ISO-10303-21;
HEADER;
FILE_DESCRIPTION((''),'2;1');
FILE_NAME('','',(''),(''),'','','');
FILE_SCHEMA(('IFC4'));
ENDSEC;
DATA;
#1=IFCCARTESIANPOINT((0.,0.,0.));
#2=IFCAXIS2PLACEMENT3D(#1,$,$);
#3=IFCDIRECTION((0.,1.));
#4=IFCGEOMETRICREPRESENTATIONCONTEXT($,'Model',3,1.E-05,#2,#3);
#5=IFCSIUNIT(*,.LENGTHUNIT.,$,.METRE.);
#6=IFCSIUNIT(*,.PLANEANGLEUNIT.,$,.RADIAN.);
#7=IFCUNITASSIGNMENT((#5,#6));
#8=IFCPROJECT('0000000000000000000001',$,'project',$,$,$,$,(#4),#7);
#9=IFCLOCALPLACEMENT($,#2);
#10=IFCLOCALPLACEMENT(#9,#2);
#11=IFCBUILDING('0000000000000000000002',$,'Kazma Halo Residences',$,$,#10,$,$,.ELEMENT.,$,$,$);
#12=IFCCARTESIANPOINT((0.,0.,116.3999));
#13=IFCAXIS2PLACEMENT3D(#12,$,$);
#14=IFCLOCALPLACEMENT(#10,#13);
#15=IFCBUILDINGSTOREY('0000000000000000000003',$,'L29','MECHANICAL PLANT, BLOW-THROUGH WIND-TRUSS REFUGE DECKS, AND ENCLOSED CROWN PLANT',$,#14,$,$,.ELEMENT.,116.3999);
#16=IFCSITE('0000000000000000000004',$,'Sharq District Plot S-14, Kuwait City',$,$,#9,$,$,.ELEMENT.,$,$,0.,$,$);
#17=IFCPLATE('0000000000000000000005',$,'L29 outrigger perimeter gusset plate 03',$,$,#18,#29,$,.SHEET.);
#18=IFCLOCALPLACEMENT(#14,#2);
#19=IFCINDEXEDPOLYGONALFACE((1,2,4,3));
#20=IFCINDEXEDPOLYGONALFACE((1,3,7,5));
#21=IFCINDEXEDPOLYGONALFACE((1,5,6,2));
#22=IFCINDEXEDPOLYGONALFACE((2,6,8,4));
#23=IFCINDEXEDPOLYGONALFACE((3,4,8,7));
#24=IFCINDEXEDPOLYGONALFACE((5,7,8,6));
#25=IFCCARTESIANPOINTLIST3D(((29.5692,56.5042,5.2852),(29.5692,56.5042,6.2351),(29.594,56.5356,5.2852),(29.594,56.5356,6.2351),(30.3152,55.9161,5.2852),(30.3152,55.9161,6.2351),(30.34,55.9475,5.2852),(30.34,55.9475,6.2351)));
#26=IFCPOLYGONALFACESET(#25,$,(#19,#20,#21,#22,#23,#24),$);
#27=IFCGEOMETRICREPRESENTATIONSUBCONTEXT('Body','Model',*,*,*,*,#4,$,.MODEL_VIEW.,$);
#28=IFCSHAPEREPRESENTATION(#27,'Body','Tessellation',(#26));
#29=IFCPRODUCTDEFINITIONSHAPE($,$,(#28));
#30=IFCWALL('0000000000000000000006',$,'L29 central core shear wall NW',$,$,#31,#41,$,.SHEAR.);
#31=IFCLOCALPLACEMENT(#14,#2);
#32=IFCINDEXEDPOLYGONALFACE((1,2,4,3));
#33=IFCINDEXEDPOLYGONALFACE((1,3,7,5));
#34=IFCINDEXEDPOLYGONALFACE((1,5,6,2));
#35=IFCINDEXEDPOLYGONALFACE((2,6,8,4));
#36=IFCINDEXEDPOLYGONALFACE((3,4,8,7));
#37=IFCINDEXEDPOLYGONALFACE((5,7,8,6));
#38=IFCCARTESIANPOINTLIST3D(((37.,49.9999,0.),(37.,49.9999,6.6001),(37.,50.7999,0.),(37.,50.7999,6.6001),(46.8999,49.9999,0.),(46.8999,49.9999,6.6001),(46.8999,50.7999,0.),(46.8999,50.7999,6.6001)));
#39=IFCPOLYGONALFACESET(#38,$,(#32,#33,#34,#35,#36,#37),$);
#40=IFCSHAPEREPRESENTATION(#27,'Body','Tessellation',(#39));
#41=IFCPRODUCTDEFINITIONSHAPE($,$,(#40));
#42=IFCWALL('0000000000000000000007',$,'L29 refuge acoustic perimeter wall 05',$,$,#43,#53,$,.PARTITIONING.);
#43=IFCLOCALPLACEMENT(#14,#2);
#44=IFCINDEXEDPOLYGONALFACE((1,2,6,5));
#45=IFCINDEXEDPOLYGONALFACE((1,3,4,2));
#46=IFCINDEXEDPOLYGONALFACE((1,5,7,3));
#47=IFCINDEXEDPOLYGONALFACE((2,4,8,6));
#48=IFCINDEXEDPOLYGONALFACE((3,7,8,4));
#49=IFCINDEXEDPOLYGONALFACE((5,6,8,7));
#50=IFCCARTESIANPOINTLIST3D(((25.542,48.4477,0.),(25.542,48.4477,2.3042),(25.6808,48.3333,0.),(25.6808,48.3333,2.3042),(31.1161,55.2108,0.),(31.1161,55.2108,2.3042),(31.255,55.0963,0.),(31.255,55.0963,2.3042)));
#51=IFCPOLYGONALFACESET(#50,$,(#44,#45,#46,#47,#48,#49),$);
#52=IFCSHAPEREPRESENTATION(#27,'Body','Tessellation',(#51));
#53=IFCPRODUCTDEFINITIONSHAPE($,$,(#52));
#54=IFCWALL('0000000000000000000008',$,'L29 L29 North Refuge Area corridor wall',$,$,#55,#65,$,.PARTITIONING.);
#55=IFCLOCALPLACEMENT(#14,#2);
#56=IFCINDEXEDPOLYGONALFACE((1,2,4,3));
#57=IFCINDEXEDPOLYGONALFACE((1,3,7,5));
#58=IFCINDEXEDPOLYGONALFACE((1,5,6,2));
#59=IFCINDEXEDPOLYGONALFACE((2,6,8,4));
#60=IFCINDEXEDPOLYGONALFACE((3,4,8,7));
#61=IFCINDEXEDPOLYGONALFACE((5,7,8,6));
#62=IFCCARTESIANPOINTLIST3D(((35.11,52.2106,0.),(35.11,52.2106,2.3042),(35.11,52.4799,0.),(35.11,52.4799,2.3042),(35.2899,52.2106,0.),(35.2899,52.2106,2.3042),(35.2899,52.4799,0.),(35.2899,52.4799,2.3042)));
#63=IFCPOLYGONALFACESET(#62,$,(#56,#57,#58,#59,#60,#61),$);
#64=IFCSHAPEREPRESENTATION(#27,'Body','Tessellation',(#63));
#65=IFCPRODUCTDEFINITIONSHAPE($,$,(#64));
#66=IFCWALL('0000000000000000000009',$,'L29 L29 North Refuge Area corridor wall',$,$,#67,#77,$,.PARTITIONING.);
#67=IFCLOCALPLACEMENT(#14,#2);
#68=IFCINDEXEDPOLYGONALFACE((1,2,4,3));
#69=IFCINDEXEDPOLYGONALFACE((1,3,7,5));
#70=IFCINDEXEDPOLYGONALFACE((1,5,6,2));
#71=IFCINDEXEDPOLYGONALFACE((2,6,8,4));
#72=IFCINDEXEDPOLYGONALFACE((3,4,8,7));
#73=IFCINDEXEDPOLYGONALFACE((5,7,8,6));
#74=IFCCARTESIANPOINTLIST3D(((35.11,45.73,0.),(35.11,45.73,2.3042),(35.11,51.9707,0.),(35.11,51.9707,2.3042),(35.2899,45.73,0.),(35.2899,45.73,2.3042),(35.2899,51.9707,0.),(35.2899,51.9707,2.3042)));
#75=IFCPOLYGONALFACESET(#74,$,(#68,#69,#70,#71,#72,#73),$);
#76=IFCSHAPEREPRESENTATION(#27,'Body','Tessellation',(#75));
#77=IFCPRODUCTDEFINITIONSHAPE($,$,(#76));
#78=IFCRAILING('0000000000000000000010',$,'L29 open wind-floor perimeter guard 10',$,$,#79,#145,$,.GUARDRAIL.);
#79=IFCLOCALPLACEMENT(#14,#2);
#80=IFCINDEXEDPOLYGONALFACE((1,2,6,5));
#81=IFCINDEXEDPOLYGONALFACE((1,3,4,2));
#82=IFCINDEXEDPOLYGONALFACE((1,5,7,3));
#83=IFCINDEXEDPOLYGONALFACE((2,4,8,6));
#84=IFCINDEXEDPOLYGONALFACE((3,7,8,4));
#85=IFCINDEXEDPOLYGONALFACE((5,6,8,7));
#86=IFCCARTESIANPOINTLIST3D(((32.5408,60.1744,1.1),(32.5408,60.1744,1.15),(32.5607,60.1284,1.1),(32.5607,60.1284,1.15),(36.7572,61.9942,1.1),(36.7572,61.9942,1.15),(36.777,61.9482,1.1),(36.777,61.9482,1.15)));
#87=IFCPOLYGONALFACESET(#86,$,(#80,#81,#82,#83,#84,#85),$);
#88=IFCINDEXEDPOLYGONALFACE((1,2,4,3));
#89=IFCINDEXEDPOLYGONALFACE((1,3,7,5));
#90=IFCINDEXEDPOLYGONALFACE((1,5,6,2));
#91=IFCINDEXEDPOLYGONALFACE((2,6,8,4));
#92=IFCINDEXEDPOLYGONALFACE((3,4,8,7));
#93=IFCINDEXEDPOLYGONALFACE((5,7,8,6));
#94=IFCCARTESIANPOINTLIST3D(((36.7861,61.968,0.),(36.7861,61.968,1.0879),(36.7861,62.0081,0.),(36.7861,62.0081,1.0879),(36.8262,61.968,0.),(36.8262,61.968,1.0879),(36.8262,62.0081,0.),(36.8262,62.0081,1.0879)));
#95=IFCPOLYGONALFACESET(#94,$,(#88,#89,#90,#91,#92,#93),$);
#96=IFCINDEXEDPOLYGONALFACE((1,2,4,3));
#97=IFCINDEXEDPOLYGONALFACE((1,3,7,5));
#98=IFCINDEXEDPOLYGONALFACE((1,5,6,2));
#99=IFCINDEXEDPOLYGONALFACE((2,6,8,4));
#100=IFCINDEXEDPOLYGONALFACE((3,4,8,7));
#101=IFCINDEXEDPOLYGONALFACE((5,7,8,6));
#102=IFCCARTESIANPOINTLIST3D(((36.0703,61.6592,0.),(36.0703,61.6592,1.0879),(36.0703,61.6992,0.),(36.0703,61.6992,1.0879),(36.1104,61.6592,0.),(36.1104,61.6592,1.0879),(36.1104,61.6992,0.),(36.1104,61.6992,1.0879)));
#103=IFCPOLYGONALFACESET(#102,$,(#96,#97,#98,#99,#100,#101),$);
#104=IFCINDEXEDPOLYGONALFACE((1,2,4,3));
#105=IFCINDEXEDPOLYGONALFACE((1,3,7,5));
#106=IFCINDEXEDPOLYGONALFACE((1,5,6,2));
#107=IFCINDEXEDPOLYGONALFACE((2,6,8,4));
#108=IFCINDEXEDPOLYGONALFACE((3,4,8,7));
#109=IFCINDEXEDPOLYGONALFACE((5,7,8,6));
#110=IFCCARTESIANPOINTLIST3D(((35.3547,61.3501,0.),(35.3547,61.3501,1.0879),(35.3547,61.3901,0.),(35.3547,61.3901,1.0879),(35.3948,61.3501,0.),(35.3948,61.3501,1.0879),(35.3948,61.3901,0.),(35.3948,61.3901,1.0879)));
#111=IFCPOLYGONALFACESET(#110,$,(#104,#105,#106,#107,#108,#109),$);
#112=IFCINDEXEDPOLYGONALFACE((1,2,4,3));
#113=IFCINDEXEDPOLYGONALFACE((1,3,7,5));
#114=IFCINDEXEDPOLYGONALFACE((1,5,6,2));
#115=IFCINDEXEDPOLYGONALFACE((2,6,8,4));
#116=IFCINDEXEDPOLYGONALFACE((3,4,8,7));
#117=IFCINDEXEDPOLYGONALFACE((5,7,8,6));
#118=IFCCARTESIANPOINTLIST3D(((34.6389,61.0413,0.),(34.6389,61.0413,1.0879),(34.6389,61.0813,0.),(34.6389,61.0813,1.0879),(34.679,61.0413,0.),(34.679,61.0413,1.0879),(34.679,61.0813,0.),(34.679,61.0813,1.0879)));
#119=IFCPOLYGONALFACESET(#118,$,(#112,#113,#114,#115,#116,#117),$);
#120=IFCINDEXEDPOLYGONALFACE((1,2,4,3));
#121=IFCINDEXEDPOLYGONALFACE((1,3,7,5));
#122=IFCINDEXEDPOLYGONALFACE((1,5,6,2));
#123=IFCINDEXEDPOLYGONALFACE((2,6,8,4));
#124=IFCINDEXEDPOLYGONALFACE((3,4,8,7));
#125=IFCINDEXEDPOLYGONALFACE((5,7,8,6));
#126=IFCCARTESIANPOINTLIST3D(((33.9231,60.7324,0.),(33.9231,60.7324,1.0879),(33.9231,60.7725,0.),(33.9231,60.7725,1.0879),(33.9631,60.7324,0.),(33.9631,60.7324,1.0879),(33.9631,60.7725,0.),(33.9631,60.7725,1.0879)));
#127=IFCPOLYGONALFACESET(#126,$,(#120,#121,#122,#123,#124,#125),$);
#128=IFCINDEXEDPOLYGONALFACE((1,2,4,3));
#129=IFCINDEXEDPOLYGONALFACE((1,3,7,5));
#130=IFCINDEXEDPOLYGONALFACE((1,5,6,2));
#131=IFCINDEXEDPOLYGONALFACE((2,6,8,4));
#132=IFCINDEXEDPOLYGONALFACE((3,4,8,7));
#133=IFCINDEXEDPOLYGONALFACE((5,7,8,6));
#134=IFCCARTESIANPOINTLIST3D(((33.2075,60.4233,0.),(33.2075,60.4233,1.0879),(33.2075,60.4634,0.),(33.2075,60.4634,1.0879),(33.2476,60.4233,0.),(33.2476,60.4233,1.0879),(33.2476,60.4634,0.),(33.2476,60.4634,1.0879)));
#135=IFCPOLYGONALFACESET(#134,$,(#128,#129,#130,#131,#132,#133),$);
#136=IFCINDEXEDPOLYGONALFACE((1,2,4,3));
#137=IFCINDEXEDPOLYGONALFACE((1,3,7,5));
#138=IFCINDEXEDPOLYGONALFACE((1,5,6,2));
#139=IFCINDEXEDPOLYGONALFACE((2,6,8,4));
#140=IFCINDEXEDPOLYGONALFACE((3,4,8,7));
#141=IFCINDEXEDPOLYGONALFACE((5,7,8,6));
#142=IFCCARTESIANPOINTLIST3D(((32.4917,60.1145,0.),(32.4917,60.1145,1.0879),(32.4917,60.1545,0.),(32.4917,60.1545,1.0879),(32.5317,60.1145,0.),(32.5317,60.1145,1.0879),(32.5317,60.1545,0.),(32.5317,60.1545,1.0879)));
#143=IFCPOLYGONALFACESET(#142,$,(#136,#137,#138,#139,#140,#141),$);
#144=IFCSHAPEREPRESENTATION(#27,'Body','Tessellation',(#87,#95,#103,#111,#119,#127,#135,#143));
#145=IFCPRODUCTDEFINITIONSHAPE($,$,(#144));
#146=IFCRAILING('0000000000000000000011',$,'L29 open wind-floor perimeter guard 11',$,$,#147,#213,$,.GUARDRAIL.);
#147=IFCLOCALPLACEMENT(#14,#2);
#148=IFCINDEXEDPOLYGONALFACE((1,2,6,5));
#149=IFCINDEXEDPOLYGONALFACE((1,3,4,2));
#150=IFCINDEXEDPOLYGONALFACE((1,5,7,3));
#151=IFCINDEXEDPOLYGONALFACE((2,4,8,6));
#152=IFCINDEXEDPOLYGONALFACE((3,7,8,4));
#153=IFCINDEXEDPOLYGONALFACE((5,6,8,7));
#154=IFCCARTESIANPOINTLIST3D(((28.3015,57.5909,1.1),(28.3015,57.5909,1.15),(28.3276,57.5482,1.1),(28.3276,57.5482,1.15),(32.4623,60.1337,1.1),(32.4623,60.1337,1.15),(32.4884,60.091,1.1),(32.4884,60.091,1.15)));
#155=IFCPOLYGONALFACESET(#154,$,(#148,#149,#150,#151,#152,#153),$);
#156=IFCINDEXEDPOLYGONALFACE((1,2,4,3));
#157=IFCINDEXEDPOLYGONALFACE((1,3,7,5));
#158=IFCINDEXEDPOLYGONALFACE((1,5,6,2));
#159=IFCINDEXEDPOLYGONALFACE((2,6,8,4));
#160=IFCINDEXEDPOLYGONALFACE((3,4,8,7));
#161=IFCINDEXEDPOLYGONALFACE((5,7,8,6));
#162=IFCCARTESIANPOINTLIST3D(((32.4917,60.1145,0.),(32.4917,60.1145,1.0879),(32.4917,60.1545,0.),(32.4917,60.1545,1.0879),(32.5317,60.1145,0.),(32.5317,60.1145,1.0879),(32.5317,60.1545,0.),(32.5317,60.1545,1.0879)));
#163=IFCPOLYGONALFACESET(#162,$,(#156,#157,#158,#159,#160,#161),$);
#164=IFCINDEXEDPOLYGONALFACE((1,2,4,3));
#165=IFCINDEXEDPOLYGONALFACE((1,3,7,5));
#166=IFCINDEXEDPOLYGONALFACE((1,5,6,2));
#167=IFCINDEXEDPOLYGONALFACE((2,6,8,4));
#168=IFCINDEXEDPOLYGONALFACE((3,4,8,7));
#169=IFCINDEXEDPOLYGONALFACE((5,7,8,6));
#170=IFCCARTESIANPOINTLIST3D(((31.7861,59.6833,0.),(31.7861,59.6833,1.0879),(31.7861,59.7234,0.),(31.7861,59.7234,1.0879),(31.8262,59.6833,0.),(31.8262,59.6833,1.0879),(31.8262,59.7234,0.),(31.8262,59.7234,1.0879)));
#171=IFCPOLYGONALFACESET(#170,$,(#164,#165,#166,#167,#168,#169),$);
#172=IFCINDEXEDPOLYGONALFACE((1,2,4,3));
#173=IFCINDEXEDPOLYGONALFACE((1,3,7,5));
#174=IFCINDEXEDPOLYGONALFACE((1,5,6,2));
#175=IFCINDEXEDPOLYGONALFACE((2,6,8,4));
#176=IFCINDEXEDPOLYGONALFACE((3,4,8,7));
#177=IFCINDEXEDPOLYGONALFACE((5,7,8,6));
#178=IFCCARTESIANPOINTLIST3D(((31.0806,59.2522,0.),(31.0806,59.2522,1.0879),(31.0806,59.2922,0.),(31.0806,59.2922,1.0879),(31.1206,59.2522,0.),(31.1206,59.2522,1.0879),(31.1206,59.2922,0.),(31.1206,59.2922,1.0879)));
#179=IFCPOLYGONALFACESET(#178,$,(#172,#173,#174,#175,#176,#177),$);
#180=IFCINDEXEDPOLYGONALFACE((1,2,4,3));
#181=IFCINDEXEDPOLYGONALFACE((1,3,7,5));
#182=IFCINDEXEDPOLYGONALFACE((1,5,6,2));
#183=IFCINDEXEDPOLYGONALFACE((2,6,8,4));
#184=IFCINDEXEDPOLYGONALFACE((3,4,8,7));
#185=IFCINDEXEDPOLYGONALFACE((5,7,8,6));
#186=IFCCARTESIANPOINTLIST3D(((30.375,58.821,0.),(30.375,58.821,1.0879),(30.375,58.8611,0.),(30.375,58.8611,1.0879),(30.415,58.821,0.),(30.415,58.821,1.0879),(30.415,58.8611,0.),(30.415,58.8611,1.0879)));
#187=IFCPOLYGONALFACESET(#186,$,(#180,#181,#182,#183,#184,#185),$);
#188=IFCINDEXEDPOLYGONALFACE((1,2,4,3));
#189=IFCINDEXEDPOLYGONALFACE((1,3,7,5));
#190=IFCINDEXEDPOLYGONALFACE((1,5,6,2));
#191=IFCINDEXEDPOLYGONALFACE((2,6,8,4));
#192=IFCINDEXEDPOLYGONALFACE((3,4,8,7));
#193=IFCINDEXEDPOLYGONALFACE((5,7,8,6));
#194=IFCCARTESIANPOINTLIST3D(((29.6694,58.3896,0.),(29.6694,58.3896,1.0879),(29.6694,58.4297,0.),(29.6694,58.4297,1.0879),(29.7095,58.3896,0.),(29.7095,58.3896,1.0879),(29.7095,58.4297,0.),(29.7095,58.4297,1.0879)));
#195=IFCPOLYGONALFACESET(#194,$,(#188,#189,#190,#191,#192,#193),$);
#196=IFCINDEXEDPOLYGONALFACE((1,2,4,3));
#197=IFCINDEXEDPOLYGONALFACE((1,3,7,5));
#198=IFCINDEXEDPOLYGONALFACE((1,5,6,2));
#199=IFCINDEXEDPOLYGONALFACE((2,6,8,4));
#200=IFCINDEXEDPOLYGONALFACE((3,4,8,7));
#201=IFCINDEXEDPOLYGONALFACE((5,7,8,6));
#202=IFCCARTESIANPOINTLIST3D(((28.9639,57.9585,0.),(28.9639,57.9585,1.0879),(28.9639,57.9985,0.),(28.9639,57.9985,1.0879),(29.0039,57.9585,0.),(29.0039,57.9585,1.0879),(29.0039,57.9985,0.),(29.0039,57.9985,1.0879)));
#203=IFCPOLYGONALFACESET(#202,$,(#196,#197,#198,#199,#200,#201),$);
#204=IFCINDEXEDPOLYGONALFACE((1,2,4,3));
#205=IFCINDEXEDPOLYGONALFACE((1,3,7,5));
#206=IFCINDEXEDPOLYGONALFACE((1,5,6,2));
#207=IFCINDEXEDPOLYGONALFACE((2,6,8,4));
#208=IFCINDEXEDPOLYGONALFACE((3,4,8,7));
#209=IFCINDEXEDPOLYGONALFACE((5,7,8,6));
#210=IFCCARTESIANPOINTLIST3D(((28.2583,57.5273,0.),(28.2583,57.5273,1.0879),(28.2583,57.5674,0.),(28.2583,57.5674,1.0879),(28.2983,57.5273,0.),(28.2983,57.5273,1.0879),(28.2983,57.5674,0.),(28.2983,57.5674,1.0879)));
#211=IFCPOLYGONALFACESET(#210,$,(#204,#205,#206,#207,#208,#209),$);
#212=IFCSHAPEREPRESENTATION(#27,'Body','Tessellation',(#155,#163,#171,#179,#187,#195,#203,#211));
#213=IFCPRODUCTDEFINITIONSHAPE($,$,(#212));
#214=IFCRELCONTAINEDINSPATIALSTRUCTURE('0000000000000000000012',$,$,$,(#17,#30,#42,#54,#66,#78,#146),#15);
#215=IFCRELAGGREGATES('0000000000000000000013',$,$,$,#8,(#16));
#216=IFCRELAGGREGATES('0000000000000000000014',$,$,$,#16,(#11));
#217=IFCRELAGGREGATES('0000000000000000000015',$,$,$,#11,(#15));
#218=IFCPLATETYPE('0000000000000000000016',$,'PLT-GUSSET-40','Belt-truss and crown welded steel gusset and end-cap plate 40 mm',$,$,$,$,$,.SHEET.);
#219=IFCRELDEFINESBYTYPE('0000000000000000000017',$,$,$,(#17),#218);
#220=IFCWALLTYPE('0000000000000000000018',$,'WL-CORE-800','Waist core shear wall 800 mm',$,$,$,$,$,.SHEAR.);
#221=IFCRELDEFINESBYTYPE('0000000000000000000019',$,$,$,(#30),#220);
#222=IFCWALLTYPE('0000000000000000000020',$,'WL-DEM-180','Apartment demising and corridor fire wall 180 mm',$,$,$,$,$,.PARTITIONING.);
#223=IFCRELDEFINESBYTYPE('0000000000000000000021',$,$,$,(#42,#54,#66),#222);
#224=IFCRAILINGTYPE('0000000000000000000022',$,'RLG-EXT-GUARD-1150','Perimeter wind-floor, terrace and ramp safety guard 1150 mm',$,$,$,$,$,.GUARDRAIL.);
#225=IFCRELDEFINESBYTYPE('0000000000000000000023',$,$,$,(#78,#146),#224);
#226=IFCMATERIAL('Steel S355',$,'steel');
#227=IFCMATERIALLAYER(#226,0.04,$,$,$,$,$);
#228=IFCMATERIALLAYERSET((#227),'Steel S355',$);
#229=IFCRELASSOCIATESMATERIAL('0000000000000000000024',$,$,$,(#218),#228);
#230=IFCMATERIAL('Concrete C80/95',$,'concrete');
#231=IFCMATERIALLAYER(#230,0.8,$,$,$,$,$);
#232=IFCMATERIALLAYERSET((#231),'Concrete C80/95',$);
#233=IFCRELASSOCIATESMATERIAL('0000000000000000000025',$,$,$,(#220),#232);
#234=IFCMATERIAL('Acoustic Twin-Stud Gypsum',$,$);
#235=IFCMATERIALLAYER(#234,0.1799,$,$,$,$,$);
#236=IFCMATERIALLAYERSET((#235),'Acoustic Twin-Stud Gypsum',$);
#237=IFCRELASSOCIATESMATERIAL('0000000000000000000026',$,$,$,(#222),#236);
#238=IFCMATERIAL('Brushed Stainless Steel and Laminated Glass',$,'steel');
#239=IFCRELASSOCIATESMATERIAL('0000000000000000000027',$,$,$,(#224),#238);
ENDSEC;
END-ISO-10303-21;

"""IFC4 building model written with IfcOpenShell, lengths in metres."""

from ifc_helpers import new_model, si_unit, direction, frame, frame_2d, origin, origin_2d, place, context, subcontext, project, spatial, rectangle, extrude, material, layer, layer_set, type_object, element, save


model = new_model("IFC4")

# Units and contexts
model_context = context("Model", 3, precision=1e-05, world=origin(), true_north=direction((0.0, 1.0)))
body_context = subcontext(model_context, "Body", "Model", "MODEL_VIEW")
ifc_project = project(units=[si_unit("LENGTHUNIT", "METRE"), si_unit("PLANEANGLEUNIT", "RADIAN")], contexts=[model_context])

# Site, building, storey
site_placement = place(None, origin())
site = spatial("IfcSite", under=ifc_project, at=site_placement, Name="Sharq District Plot S-14, Kuwait City", CompositionType="ELEMENT", RefElevation=0.0)
building_placement = place(site_placement, origin())
building = spatial("IfcBuilding", under=site, at=building_placement, Name="Kazma Halo Residences", CompositionType="ELEMENT")
storey_placement = place(building_placement, frame((0.0, 0.0, 116.3999)))
storey = spatial("IfcBuildingStorey", under=building, at=storey_placement, Name="L29", Description="MECHANICAL PLANT, BLOW-THROUGH WIND-TRUSS REFUGE DECKS, AND ENCLOSED CROWN PLANT", CompositionType="ELEMENT", Elevation=116.3999)

# Shared definitions
ifc_material_1 = material(Name="Concrete C80/95", Category="concrete")

# Shared definitions
ifc_material_2 = material(Name="Steel S355", Category="steel")

# Plate
ifc_layer_1 = layer(ifc_material_2, 0.04)
ifc_layer_set_1 = layer_set([ifc_layer_1], Name="Steel S355")
plate_type = type_object("IfcPlateType", Name="PLT-GUSSET-40", Description="Belt-truss and crown welded steel gusset and end-cap plate 40 mm", PredefinedType="SHEET", material=ifc_layer_set_1)
plate_1_placement = place(storey_placement, frame((29.9546, 56.2258, 5.2852), z_axis=(0.0, 0.0, 1.0), x_axis=(-0.78532, 0.61909, 0.0)))
element("IfcPlate", 1, at=plate_1_placement, inside=storey, type_object=plate_type, Name="L29 outrigger perimeter gusset plate 03", PredefinedType="SHEET", context=body_context, shape_type="SweptSolid", body=[
    extrude(rectangle(XDim=0.95, YDim=0.04, at=origin_2d()), origin(), (0.0, 0.0, 1.0), 0.95),
])

# Walls
ifc_layer_2 = layer(ifc_material_1, 0.8)
ifc_layer_set_2 = layer_set([ifc_layer_2], Name="Concrete C80/95")
wall_type_1 = type_object("IfcWallType", Name="WL-CORE-800", Description="Waist core shear wall 800 mm", PredefinedType="SHEAR", material=ifc_layer_set_2)
wall_1_placement = place(storey_placement, frame((37.0, 50.3999, 0.0), z_axis=(0.0, 0.0, 1.0), x_axis=(1.0, 0.0, 0.0)))
element("IfcWall", 2, at=wall_1_placement, inside=storey, type_object=wall_type_1, Name="L29 central core shear wall NW", PredefinedType="SHEAR", context=body_context, shape_type="SweptSolid", body=[
    extrude(rectangle(XDim=9.8999, YDim=0.8, at=frame_2d((4.95, 0.0))), origin(), (0.0, 0.0, 1.0), 6.6001),
])
ifc_material_3 = material(Name="Acoustic Twin-Stud Gypsum")
ifc_layer_3 = layer(ifc_material_3, 0.1799)
ifc_layer_set_3 = layer_set([ifc_layer_3], Name="Acoustic Twin-Stud Gypsum")
wall_type_2 = type_object("IfcWallType", Name="WL-DEM-180", Description="Apartment demising and corridor fire wall 180 mm", PredefinedType="PARTITIONING", material=ifc_layer_set_3)
wall_2_placement = place(storey_placement, frame((31.1855, 55.1536, 0.0), z_axis=(0.0, 0.0, 1.0), x_axis=(-0.636016, -0.771676, 0.0)))
element("IfcWall", 3, at=wall_2_placement, inside=storey, type_object=wall_type_2, Name="L29 refuge acoustic perimeter wall 05", PredefinedType="PARTITIONING", context=body_context, shape_type="SweptSolid", body=[
    extrude(rectangle(XDim=8.7642, YDim=0.1799, at=frame_2d((4.3821, 0.0))), origin(), (0.0, 0.0, 1.0), 2.3042),
])
wall_3_placement = place(storey_placement, frame((35.2, 52.48, 0.0), z_axis=(0.0, 0.0, 1.0), x_axis=(0.0, -1.0, 0.0)))
element("IfcWall", 4, at=wall_3_placement, inside=storey, type_object=wall_type_2, Name="L29 L29 North Refuge Area corridor wall", PredefinedType="PARTITIONING", context=body_context, shape_type="SweptSolid", body=[
    extrude(rectangle(XDim=0.2693, YDim=0.1799, at=frame_2d((0.1348, 0.0))), origin(), (0.0, 0.0, 1.0), 2.3042),
])
wall_4_placement = place(storey_placement, frame((35.2, 51.9707, 0.0), z_axis=(0.0, 0.0, 1.0), x_axis=(0.0, -1.0, 0.0)))
element("IfcWall", 5, at=wall_4_placement, inside=storey, type_object=wall_type_2, Name="L29 L29 North Refuge Area corridor wall", PredefinedType="PARTITIONING", context=body_context, shape_type="SweptSolid", body=[
    extrude(rectangle(XDim=6.2407, YDim=0.1799, at=frame_2d((3.1204, 0.0))), origin(), (0.0, 0.0, 1.0), 2.3042),
])

# Railings
ifc_material_4 = material(Name="Brushed Stainless Steel and Laminated Glass", Category="steel")
railing_type = type_object("IfcRailingType", Name="RLG-EXT-GUARD-1150", Description="Perimeter wind-floor, terrace and ramp safety guard 1150 mm", PredefinedType="GUARDRAIL", material=ifc_material_4)
railing_1_placement = place(storey_placement, frame((36.8062, 61.988, 0.0)))
element("IfcRailing", 6, at=railing_1_placement, inside=storey, type_object=railing_type, Name="L29 open wind-floor perimeter guard 10", PredefinedType="GUARDRAIL", context=body_context, shape_type="SweptSolid", body=[
    extrude(rectangle(XDim=0.05, YDim=0.05, at=origin_2d()), frame((-0.0391, -0.0168, 1.125), z_axis=(-0.918132, -0.396274, 0.0), x_axis=(0.396274, -0.918132, 0.0)), (0.0, 0.0, 1.0), 4.5923),
    extrude(rectangle(XDim=0.04, YDim=0.04, at=origin_2d()), origin(), (0.0, 0.0, 1.0), 1.0879),
    extrude(rectangle(XDim=0.04, YDim=0.04, at=origin_2d()), frame((-0.7158, -0.3088, 0.0)), (0.0, 0.0, 1.0), 1.0879),
    extrude(rectangle(XDim=0.04, YDim=0.04, at=origin_2d()), frame((-1.4314, -0.6179, 0.0)), (0.0, 0.0, 1.0), 1.0879),
    extrude(rectangle(XDim=0.04, YDim=0.04, at=origin_2d()), frame((-2.1472, -0.9268, 0.0)), (0.0, 0.0, 1.0), 1.0879),
    extrude(rectangle(XDim=0.04, YDim=0.04, at=origin_2d()), frame((-2.863, -1.2356, 0.0)), (0.0, 0.0, 1.0), 1.0879),
    extrude(rectangle(XDim=0.04, YDim=0.04, at=origin_2d()), frame((-3.5786, -1.5447, 0.0)), (0.0, 0.0, 1.0), 1.0879),
    extrude(rectangle(XDim=0.04, YDim=0.04, at=origin_2d()), frame((-4.2944, -1.8535, 0.0)), (0.0, 0.0, 1.0), 1.0879),
])
railing_2_placement = place(storey_placement, frame((32.5117, 60.1345, 0.0)))
element("IfcRailing", 7, at=railing_2_placement, inside=storey, type_object=railing_type, Name="L29 open wind-floor perimeter guard 11", PredefinedType="GUARDRAIL", context=body_context, shape_type="SweptSolid", body=[
    extrude(rectangle(XDim=0.05, YDim=0.05, at=origin_2d()), frame((-0.0364, -0.0222, 1.125), z_axis=(-0.853275, -0.521462, 0.0), x_axis=(0.521462, -0.853275, 0.0)), (0.0, 0.0, 1.0), 4.8762),
    extrude(rectangle(XDim=0.04, YDim=0.04, at=origin_2d()), origin(), (0.0, 0.0, 1.0), 1.0879),
    extrude(rectangle(XDim=0.04, YDim=0.04, at=origin_2d()), frame((-0.7056, -0.4312, 0.0)), (0.0, 0.0, 1.0), 1.0879),
    extrude(rectangle(XDim=0.04, YDim=0.04, at=origin_2d()), frame((-1.4111, -0.8623, 0.0)), (0.0, 0.0, 1.0), 1.0879),
    extrude(rectangle(XDim=0.04, YDim=0.04, at=origin_2d()), frame((-2.1167, -1.2935, 0.0)), (0.0, 0.0, 1.0), 1.0879),
    extrude(rectangle(XDim=0.04, YDim=0.04, at=origin_2d()), frame((-2.8223, -1.7249, 0.0)), (0.0, 0.0, 1.0), 1.0879),
    extrude(rectangle(XDim=0.04, YDim=0.04, at=origin_2d()), frame((-3.5278, -2.156, 0.0)), (0.0, 0.0, 1.0), 1.0879),
    extrude(rectangle(XDim=0.04, YDim=0.04, at=origin_2d()), frame((-4.2334, -2.5872, 0.0)), (0.0, 0.0, 1.0), 1.0879),
])

save(model, "model.ifc")
